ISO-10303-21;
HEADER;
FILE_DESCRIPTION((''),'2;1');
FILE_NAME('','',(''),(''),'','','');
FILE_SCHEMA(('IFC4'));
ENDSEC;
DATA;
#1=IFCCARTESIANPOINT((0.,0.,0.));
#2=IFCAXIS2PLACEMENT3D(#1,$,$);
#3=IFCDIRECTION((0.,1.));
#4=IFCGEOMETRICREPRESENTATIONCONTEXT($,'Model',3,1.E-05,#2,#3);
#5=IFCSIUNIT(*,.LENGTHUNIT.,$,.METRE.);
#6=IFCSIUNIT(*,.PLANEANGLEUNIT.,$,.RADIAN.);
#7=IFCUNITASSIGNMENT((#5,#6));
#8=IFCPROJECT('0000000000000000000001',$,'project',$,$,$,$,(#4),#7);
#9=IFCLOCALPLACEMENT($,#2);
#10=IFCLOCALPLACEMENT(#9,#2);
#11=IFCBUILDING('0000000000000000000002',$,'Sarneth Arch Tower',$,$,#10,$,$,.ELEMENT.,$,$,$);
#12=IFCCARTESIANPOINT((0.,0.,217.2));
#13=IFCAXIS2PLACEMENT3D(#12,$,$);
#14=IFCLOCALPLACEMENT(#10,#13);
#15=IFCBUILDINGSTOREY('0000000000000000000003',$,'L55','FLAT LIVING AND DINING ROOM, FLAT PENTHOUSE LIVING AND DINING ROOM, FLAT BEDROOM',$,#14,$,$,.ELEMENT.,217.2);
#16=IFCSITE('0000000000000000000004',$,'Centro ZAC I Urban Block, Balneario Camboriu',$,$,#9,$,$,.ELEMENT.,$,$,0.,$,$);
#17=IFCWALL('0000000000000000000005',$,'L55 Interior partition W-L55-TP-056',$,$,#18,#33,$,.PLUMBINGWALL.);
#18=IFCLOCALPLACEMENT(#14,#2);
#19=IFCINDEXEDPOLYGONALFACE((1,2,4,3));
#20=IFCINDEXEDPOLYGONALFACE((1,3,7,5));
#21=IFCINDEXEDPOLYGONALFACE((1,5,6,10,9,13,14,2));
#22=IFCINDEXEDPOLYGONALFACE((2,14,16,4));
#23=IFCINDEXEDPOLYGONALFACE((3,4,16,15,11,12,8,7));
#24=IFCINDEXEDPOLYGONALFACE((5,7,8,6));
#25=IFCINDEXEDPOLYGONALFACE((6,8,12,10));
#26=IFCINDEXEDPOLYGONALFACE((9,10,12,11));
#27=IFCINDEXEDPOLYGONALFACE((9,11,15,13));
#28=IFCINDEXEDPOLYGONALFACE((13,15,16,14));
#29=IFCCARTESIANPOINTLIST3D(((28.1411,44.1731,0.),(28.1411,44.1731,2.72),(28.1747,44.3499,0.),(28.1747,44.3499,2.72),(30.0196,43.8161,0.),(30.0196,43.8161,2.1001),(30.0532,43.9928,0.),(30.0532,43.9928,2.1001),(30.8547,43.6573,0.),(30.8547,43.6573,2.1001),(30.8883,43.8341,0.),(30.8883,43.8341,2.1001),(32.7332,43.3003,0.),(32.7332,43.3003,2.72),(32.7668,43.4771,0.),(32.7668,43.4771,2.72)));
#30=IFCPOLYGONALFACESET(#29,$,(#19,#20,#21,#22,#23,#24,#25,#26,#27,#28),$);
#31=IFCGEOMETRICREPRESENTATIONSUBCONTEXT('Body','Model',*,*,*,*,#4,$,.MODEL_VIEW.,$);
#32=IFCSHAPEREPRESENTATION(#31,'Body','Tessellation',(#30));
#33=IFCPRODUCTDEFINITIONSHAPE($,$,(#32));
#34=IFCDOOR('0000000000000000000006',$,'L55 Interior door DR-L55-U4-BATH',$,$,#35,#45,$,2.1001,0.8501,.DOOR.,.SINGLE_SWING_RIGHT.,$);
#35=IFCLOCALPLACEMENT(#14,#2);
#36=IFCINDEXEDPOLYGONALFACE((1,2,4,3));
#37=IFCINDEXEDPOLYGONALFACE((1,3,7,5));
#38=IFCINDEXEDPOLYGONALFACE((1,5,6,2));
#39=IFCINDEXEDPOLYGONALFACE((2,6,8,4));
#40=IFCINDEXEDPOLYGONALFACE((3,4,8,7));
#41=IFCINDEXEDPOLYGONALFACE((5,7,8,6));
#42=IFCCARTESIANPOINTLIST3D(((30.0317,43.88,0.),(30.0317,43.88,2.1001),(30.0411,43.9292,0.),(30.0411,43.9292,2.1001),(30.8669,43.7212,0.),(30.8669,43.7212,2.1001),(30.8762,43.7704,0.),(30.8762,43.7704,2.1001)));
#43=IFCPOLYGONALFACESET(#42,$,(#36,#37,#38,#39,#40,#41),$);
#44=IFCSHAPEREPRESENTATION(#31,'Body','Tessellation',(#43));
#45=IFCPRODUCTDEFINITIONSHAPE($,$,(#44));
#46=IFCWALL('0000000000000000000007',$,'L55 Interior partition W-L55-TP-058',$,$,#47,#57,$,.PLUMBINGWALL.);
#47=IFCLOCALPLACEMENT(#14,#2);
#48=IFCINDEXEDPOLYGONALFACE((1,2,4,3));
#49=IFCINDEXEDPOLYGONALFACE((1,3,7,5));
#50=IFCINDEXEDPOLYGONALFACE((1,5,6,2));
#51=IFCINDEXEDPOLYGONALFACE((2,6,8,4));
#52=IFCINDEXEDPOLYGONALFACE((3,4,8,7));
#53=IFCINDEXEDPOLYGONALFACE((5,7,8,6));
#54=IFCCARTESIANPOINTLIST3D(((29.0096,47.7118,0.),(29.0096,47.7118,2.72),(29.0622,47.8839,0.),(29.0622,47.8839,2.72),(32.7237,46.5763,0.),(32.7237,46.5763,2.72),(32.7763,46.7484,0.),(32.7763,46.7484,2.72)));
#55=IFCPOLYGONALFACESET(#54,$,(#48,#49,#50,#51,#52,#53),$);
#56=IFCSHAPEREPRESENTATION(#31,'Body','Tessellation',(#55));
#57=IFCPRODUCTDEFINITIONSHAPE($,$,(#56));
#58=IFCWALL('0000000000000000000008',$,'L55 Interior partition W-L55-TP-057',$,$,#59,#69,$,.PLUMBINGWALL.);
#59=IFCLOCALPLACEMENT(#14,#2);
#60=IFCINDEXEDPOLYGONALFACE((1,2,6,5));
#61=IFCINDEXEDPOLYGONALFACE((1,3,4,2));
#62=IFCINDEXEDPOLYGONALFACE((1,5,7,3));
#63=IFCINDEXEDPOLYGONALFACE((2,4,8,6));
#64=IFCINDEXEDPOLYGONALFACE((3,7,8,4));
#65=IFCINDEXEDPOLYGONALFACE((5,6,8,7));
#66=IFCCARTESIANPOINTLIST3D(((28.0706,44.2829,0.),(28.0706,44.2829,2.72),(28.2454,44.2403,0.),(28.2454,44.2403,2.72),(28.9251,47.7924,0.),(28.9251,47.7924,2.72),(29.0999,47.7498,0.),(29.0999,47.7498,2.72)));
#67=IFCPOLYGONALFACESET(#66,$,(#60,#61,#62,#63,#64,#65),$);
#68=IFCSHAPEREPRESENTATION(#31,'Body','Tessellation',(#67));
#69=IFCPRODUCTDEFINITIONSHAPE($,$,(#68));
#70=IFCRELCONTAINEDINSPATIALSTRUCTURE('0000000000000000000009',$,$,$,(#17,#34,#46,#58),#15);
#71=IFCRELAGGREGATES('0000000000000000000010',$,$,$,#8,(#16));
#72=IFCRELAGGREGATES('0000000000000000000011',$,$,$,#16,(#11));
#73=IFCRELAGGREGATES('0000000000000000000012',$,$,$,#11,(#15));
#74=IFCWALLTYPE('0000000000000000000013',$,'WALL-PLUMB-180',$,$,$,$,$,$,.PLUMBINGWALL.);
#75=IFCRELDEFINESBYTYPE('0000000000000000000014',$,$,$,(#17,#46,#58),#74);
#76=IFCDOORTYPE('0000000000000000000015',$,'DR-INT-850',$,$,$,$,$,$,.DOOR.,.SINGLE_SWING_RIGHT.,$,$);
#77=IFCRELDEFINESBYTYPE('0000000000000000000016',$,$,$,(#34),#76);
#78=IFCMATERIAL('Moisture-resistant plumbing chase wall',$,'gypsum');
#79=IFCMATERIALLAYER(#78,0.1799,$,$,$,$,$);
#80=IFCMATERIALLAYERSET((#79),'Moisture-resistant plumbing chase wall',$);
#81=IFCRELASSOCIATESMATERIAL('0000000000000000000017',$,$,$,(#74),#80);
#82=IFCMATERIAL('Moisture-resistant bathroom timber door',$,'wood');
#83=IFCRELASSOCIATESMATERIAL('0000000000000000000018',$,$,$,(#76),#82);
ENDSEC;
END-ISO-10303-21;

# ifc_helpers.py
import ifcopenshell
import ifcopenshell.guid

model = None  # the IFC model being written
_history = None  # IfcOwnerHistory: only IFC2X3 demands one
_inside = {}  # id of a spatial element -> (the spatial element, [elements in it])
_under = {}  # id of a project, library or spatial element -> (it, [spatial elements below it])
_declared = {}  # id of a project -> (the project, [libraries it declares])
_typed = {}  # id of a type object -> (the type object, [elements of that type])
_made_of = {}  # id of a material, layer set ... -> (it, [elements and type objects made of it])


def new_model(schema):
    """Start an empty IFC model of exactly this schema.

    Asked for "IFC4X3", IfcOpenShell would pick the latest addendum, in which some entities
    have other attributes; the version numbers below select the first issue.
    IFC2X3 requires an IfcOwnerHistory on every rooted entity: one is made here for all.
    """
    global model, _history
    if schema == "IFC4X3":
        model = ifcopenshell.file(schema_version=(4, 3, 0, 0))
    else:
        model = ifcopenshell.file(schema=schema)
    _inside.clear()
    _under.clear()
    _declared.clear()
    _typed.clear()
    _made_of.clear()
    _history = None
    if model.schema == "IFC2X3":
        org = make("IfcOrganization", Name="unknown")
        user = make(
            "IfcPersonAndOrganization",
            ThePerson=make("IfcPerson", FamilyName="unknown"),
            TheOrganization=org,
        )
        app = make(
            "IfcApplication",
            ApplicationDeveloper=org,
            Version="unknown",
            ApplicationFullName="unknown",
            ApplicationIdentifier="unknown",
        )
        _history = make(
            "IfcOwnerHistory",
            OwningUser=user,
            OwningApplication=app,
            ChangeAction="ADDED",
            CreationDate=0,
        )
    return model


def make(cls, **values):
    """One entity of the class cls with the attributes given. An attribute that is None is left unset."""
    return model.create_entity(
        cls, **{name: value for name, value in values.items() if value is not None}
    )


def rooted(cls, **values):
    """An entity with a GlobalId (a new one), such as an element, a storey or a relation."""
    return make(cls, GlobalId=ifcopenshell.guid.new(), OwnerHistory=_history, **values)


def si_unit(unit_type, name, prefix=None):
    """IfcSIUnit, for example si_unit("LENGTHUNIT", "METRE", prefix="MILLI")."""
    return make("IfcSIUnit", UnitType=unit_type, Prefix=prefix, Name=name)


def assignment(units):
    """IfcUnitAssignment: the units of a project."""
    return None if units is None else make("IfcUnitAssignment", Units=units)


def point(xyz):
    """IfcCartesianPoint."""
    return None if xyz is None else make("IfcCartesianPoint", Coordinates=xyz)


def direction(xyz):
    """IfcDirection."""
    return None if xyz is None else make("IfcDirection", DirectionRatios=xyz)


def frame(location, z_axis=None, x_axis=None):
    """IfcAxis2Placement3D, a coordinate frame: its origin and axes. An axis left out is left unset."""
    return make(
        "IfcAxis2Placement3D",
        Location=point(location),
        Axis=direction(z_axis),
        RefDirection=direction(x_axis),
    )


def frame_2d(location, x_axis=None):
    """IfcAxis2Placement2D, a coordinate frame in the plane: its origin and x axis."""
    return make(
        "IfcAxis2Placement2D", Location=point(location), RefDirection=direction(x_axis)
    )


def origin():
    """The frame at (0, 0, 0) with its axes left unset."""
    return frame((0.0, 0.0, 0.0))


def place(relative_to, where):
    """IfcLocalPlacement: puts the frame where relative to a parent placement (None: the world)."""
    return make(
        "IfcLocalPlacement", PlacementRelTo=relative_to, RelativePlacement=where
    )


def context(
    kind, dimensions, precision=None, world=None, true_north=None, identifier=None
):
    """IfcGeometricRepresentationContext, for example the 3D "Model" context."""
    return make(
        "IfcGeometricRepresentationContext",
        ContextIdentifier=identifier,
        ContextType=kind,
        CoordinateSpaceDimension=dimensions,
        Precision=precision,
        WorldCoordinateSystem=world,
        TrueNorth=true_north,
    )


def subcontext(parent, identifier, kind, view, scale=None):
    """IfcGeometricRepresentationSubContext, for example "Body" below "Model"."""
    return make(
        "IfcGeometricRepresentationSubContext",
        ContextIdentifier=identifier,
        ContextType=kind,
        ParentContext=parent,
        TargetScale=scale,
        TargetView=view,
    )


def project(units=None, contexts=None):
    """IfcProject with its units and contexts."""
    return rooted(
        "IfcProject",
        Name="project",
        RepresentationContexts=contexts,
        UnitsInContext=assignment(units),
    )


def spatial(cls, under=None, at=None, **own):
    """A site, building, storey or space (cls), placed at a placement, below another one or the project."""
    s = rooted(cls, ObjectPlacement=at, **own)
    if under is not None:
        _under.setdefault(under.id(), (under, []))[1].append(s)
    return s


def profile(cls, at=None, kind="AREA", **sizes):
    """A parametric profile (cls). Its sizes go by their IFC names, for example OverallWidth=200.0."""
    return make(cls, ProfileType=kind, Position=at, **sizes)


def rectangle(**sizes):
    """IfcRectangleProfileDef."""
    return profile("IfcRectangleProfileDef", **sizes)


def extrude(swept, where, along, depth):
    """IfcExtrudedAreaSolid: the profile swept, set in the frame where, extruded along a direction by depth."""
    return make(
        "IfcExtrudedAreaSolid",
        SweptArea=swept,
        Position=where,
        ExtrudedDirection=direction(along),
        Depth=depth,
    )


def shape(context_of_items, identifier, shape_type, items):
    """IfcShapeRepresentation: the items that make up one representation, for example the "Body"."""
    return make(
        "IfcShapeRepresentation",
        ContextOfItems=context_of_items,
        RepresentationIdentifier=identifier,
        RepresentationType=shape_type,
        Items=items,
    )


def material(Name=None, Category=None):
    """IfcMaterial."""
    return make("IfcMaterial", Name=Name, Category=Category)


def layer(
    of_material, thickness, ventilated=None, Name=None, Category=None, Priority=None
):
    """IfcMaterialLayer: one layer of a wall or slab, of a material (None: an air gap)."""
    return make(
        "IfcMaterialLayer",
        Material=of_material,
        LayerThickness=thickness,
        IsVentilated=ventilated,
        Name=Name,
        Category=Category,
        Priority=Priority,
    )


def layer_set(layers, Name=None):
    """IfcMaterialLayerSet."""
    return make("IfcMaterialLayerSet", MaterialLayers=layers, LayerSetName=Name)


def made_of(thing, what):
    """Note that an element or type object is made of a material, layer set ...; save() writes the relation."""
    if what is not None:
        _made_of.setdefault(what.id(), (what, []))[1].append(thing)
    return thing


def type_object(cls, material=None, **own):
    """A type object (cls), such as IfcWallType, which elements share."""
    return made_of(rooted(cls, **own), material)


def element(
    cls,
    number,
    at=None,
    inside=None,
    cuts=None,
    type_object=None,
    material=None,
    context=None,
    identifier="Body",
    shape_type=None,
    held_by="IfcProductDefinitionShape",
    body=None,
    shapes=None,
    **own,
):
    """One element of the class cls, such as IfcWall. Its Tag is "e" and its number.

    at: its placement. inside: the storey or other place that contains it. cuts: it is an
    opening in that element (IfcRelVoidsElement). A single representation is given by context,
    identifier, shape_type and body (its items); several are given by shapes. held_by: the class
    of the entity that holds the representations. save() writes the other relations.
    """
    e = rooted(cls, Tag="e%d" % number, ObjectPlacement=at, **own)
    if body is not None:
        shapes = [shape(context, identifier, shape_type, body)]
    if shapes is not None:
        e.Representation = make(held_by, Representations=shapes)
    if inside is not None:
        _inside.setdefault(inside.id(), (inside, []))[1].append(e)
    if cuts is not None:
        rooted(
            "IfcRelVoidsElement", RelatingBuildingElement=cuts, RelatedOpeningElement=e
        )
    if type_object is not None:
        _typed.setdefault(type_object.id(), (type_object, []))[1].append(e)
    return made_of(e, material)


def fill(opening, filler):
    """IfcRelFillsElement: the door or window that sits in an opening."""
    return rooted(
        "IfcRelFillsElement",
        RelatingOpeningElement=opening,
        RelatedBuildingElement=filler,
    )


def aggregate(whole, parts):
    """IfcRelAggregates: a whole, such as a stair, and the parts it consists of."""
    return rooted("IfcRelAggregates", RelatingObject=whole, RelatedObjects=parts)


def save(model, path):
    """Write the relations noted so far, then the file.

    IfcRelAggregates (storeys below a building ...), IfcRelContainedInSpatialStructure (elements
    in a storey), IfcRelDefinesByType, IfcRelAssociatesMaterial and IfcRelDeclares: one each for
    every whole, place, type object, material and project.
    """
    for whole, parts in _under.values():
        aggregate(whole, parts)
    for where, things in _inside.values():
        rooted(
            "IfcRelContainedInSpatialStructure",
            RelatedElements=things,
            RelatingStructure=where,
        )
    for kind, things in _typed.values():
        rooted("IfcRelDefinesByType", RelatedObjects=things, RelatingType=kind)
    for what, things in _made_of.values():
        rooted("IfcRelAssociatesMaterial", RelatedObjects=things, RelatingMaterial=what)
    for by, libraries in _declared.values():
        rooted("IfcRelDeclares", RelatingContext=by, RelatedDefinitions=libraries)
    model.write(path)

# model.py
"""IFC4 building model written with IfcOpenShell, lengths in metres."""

from ifc_helpers import new_model, si_unit, direction, frame, frame_2d, origin, place, context, subcontext, project, spatial, rectangle, extrude, material, layer, layer_set, type_object, element, fill, save


model = new_model("IFC4")

# Units and contexts
model_context = context("Model", 3, precision=1e-05, world=origin(), true_north=direction((0.0, 1.0)))
body_context = subcontext(model_context, "Body", "Model", "MODEL_VIEW")
ifc_project = project(units=[si_unit("LENGTHUNIT", "METRE"), si_unit("PLANEANGLEUNIT", "RADIAN")], contexts=[model_context])

# Site, building, storey
site_placement = place(None, origin())
site = spatial("IfcSite", under=ifc_project, at=site_placement, Name="Centro ZAC I Urban Block, Balneario Camboriu", CompositionType="ELEMENT", RefElevation=0.0)
building_placement = place(site_placement, origin())
building = spatial("IfcBuilding", under=site, at=building_placement, Name="Sarneth Arch Tower", CompositionType="ELEMENT")
storey_placement = place(building_placement, frame((0.0, 0.0, 217.2)))
storey = spatial("IfcBuildingStorey", under=building, at=storey_placement, Name="L55", Description="FLAT LIVING AND DINING ROOM, FLAT PENTHOUSE LIVING AND DINING ROOM, FLAT BEDROOM", CompositionType="ELEMENT", Elevation=217.2)

# Wall, opening, door
ifc_material_1 = material(Name="Moisture-resistant plumbing chase wall", Category="gypsum")
ifc_layer_1 = layer(ifc_material_1, 0.1799)
ifc_layer_set_1 = layer_set([ifc_layer_1], Name="Moisture-resistant plumbing chase wall")
wall_type_1 = type_object("IfcWallType", Name="WALL-PLUMB-180", PredefinedType="PLUMBINGWALL", material=ifc_layer_set_1)
wall_1_placement = place(storey_placement, frame((32.75, 43.3887, 0.0), z_axis=(0.0, 0.0, 1.0), x_axis=(-0.982412, 0.186726, 0.0)))
wall_1 = element("IfcWall", 1, at=wall_1_placement, inside=storey, type_object=wall_type_1, Name="L55 Interior partition W-L55-TP-056", PredefinedType="PLUMBINGWALL", context=body_context, shape_type="SweptSolid", body=[
    extrude(rectangle(XDim=4.6743, YDim=0.1799, at=frame_2d((2.3372, 0.0))), origin(), (0.0, 0.0, 1.0), 2.72),
])
opening_1_placement = place(wall_1_placement, frame((1.9121, 0.0, 0.0)))
opening_1 = element("IfcOpeningElement", 2, at=opening_1_placement, cuts=wall_1, PredefinedType="OPENING", context=body_context, shape_type="SweptSolid", body=[
    extrude(rectangle(XDim=0.8501, YDim=2.1001, at=frame_2d((0.425, 1.05))), frame((0.0, 0.0999, 0.0), z_axis=(0.0, -1.0, 0.0), x_axis=(1.0, 0.0, 0.0)), (0.0, 0.0, 1.0), 0.2),
])
ifc_material_2 = material(Name="Moisture-resistant bathroom timber door", Category="wood")
door_type_1 = type_object("IfcDoorType", Name="DR-INT-850", OperationType="SINGLE_SWING_RIGHT", PredefinedType="DOOR", material=ifc_material_2)
door_1_placement = place(opening_1_placement, origin())
door_1 = element("IfcDoor", 3, at=door_1_placement, inside=storey, type_object=door_type_1, Name="L55 Interior door DR-L55-U4-BATH", OperationType="SINGLE_SWING_RIGHT", OverallHeight=2.1001, OverallWidth=0.8501, PredefinedType="DOOR", context=body_context, shape_type="SweptSolid", body=[
    extrude(rectangle(XDim=0.8501, YDim=2.1001, at=frame_2d((0.425, 1.05))), frame((0.0, 0.0249, 0.0), z_axis=(0.0, -1.0, 0.0), x_axis=(1.0, 0.0, 0.0)), (0.0, 0.0, 1.0), 0.05),
])
fill(opening_1, door_1)

# Walls
wall_2_placement = place(storey_placement, frame((29.0359, 47.7979, 0.0), z_axis=(0.0, 0.0, 1.0), x_axis=(0.956306, -0.292367, 0.0)))
element("IfcWall", 4, at=wall_2_placement, inside=storey, type_object=wall_type_1, Name="L55 Interior partition W-L55-TP-058", PredefinedType="PLUMBINGWALL", context=body_context, shape_type="SweptSolid", body=[
    extrude(rectangle(XDim=3.8838, YDim=0.1799, at=frame_2d((1.9419, 0.0))), origin(), (0.0, 0.0, 1.0), 2.72),
])
wall_3_placement = place(storey_placement, frame((28.158, 44.2615, 0.0), z_axis=(0.0, 0.0, 1.0), x_axis=(0.236567, 0.971615, 0.0)))
element("IfcWall", 5, at=wall_3_placement, inside=storey, type_object=wall_type_1, Name="L55 Interior partition W-L55-TP-057", PredefinedType="PLUMBINGWALL", context=body_context, shape_type="SweptSolid", body=[
    extrude(rectangle(XDim=3.6121, YDim=0.1799, at=frame_2d((1.8062, 0.0))), origin(), (0.0, 0.0, 1.0), 2.72),
])

save(model, "model.ifc")
